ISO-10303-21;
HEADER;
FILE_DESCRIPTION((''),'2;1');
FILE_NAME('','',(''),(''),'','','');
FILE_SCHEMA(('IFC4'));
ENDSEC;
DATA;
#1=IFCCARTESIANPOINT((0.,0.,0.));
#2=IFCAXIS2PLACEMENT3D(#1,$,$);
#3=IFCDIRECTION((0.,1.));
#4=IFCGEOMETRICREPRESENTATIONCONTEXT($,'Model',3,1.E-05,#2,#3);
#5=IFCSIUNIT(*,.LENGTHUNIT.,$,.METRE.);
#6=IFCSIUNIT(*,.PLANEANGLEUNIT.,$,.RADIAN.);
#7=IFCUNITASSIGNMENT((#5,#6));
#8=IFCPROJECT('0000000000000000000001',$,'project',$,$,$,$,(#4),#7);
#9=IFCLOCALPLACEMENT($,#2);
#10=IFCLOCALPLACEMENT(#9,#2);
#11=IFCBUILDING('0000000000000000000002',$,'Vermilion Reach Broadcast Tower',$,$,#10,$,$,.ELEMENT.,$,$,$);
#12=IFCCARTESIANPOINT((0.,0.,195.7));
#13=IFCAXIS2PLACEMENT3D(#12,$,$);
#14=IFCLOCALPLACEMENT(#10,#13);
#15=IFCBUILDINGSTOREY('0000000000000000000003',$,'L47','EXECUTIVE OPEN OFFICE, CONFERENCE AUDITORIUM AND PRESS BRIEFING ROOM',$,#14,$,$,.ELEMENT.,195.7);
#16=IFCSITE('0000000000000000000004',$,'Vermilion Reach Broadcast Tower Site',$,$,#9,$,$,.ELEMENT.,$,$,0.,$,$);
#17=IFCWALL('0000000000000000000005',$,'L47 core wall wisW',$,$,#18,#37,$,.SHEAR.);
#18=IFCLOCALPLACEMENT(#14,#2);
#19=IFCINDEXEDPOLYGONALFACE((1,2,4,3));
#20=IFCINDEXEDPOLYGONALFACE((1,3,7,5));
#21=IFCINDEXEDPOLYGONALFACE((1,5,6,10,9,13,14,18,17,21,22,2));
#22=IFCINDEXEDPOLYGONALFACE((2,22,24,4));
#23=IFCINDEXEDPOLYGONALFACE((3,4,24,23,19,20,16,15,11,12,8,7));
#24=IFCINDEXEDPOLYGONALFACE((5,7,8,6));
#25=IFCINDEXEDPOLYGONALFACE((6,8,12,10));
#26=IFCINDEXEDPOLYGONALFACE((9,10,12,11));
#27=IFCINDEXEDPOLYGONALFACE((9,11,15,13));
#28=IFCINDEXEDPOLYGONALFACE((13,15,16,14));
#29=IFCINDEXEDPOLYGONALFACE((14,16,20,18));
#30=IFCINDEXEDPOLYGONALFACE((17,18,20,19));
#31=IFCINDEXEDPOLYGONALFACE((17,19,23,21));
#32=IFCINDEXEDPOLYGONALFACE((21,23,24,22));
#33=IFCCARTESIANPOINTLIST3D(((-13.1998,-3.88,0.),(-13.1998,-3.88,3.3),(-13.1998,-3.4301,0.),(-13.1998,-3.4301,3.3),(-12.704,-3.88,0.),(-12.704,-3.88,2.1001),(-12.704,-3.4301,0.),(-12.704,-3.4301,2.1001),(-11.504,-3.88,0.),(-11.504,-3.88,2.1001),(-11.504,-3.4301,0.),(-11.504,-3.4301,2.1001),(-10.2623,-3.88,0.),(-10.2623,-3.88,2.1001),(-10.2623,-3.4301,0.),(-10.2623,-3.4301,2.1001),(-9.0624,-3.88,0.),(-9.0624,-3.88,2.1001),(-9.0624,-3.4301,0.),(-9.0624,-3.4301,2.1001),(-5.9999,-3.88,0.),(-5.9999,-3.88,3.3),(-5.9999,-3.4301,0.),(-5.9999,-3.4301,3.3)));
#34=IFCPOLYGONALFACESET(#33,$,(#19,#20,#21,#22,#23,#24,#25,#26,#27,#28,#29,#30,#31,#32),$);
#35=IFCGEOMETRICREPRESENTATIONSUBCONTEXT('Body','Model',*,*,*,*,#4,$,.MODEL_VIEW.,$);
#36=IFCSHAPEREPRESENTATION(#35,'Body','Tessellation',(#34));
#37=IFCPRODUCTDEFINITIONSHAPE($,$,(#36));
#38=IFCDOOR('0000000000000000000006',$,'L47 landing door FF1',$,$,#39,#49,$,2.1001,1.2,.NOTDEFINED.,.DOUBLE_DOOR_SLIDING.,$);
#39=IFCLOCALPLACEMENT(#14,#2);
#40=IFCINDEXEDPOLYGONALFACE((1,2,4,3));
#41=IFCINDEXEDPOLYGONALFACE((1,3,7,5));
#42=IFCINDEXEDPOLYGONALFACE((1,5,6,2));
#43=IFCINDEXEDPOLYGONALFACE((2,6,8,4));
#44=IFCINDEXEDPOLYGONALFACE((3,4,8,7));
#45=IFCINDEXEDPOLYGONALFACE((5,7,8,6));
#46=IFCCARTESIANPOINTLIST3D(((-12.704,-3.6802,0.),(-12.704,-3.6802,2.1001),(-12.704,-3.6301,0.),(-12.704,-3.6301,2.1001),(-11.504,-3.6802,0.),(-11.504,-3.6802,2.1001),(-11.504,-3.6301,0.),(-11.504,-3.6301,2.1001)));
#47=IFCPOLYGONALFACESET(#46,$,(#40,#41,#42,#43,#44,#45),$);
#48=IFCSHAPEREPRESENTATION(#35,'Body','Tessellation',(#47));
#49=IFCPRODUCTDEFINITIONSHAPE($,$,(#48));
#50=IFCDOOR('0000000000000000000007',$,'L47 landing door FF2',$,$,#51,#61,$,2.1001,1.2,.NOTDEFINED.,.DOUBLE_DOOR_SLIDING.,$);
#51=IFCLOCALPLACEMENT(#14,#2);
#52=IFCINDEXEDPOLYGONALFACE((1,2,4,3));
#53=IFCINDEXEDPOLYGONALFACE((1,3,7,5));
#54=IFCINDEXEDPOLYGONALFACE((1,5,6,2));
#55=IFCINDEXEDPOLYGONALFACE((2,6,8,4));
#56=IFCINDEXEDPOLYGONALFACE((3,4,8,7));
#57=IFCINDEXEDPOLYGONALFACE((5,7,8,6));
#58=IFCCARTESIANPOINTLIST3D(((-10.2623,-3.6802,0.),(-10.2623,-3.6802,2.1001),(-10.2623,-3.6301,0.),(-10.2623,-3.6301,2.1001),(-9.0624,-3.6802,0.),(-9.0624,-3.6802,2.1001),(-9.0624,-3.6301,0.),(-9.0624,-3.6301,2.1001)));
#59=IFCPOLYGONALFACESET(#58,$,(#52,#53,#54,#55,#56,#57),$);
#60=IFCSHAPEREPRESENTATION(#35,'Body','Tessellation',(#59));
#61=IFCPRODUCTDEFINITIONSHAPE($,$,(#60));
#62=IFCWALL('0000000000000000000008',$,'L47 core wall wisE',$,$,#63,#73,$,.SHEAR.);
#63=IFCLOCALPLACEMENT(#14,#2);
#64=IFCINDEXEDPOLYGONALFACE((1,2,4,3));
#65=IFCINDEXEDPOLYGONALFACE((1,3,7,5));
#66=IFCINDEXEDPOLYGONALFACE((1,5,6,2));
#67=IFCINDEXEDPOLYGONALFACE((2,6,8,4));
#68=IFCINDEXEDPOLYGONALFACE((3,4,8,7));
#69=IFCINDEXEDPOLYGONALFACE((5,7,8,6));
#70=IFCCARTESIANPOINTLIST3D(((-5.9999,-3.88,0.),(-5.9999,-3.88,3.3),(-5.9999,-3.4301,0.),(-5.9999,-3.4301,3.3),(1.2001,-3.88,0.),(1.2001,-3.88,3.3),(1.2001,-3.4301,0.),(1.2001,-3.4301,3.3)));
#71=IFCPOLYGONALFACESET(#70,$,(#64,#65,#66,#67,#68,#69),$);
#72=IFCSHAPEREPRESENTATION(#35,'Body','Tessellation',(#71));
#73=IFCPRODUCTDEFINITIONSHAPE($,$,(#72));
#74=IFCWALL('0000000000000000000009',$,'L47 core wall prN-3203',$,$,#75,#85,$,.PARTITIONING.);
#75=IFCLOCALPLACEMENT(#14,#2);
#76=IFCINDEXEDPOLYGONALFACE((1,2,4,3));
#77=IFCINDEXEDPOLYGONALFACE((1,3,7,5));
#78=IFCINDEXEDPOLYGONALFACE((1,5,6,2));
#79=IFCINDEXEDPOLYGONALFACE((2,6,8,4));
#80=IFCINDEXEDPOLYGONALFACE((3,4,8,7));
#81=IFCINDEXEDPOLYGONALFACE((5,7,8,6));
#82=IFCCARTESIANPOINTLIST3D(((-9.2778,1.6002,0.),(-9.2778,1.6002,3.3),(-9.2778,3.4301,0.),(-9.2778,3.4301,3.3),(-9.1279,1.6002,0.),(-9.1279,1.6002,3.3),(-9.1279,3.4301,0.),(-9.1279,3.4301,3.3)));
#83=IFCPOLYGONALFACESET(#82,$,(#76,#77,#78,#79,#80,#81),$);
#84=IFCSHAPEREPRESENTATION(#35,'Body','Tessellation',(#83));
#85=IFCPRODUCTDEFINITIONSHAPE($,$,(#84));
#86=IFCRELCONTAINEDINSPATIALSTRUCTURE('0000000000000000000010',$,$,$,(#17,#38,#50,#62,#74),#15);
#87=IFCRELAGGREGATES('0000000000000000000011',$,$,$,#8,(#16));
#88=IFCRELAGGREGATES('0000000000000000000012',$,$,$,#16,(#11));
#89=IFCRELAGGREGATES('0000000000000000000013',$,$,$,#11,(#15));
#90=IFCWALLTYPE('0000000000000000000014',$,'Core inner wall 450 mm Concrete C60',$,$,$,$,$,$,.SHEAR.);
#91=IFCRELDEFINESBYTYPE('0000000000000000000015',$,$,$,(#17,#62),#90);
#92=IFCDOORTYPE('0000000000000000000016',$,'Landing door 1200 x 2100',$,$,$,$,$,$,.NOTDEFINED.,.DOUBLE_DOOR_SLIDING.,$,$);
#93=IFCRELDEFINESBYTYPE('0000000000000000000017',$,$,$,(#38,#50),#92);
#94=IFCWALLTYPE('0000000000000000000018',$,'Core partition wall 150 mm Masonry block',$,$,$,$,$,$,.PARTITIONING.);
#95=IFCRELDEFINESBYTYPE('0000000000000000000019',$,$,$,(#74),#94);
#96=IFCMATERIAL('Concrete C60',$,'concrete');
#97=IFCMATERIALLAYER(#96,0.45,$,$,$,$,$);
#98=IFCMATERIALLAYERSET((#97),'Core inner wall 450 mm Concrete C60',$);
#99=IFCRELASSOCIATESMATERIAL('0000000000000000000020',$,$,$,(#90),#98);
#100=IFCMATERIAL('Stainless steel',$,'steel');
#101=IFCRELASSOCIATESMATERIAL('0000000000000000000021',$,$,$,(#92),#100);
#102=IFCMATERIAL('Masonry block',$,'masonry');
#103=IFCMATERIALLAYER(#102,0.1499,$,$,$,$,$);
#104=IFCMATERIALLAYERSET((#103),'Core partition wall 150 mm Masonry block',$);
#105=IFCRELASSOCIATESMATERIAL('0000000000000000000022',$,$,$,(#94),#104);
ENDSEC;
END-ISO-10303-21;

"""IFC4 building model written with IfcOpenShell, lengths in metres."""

from ifc_helpers import new_model, si_unit, direction, frame, frame_2d, origin, place, context, subcontext, project, spatial, rectangle, extrude, material, layer, layer_set, type_object, element, fill, save


model = new_model("IFC4")

# Units and contexts
model_context = context("Model", 3, precision=1e-05, world=origin(), true_north=direction((0.0, 1.0)))
body_context = subcontext(model_context, "Body", "Model", "MODEL_VIEW")
ifc_project = project(units=[si_unit("LENGTHUNIT", "METRE"), si_unit("PLANEANGLEUNIT", "RADIAN")], contexts=[model_context])

# Site, building, storey
site_placement = place(None, origin())
site = spatial("IfcSite", under=ifc_project, at=site_placement, Name="Vermilion Reach Broadcast Tower Site", CompositionType="ELEMENT", RefElevation=0.0)
building_placement = place(site_placement, origin())
building = spatial("IfcBuilding", under=site, at=building_placement, Name="Vermilion Reach Broadcast Tower", CompositionType="ELEMENT")
storey_placement = place(building_placement, frame((0.0, 0.0, 195.7)))
storey = spatial("IfcBuildingStorey", under=building, at=storey_placement, Name="L47", Description="EXECUTIVE OPEN OFFICE, CONFERENCE AUDITORIUM AND PRESS BRIEFING ROOM", CompositionType="ELEMENT", Elevation=195.7)

# Wall, openings, doors
ifc_material_1 = material(Name="Concrete C60", Category="concrete")
ifc_layer_1 = layer(ifc_material_1, 0.45)
ifc_layer_set_1 = layer_set([ifc_layer_1], Name="Core inner wall 450 mm Concrete C60")
wall_type_1 = type_object("IfcWallType", Name="Core inner wall 450 mm Concrete C60", PredefinedType="SHEAR", material=ifc_layer_set_1)
wall_1_placement = place(storey_placement, frame((-13.2, -3.655, 0.0), z_axis=(0.0, 0.0, 1.0), x_axis=(1.0, 0.0, 0.0)))
wall_1 = element("IfcWall", 1, at=wall_1_placement, inside=storey, type_object=wall_type_1, Name="L47 core wall wisW", PredefinedType="SHEAR", context=body_context, shape_type="SweptSolid", body=[
    extrude(rectangle(XDim=7.2, YDim=0.45, at=frame_2d((3.6001, 0.0))), origin(), (0.0, 0.0, 1.0), 3.3),
])
opening_1_placement = place(wall_1_placement, frame((0.4958, 0.0, 0.0)))
opening_1 = element("IfcOpeningElement", 2, at=opening_1_placement, cuts=wall_1, PredefinedType="OPENING", context=body_context, shape_type="SweptSolid", body=[
    extrude(rectangle(XDim=1.2, YDim=2.1001, at=frame_2d((0.6001, 1.05))), frame((0.0, 0.2349, 0.0), z_axis=(0.0, -1.0, 0.0), x_axis=(1.0, 0.0, 0.0)), (0.0, 0.0, 1.0), 0.47),
])
opening_2_placement = place(wall_1_placement, frame((2.9375, 0.0, 0.0)))
opening_2 = element("IfcOpeningElement", 3, at=opening_2_placement, cuts=wall_1, PredefinedType="OPENING", context=body_context, shape_type="SweptSolid", body=[
    extrude(rectangle(XDim=1.2, YDim=2.1001, at=frame_2d((0.6001, 1.05))), frame((0.0, 0.2349, 0.0), z_axis=(0.0, -1.0, 0.0), x_axis=(1.0, 0.0, 0.0)), (0.0, 0.0, 1.0), 0.47),
])
ifc_material_2 = material(Name="Stainless steel", Category="steel")
door_type_1 = type_object("IfcDoorType", Name="Landing door 1200 x 2100", OperationType="DOUBLE_DOOR_SLIDING", PredefinedType="NOTDEFINED", material=ifc_material_2)
door_1_placement = place(opening_1_placement, origin())
door_1 = element("IfcDoor", 4, at=door_1_placement, inside=storey, type_object=door_type_1, Name="L47 landing door FF1", OperationType="DOUBLE_DOOR_SLIDING", OverallHeight=2.1001, OverallWidth=1.2, PredefinedType="NOTDEFINED", context=body_context, shape_type="SweptSolid", body=[
    extrude(rectangle(XDim=1.2, YDim=2.1001, at=frame_2d((0.6001, 1.05))), frame((0.0, 0.0249, 0.0), z_axis=(0.0, -1.0, 0.0), x_axis=(1.0, 0.0, 0.0)), (0.0, 0.0, 1.0), 0.05),
])
fill(opening_1, door_1)
door_2_placement = place(opening_2_placement, origin())
door_2 = element("IfcDoor", 5, at=door_2_placement, inside=storey, type_object=door_type_1, Name="L47 landing door FF2", OperationType="DOUBLE_DOOR_SLIDING", OverallHeight=2.1001, OverallWidth=1.2, PredefinedType="NOTDEFINED", context=body_context, shape_type="SweptSolid", body=[
    extrude(rectangle(XDim=1.2, YDim=2.1001, at=frame_2d((0.6001, 1.05))), frame((0.0, 0.0249, 0.0), z_axis=(0.0, -1.0, 0.0), x_axis=(1.0, 0.0, 0.0)), (0.0, 0.0, 1.0), 0.05),
])
fill(opening_2, door_2)

# Walls
wall_2_placement = place(storey_placement, frame((-6.0, -3.655, 0.0), z_axis=(0.0, 0.0, 1.0), x_axis=(1.0, 0.0, 0.0)))
element("IfcWall", 6, at=wall_2_placement, inside=storey, type_object=wall_type_1, Name="L47 core wall wisE", PredefinedType="SHEAR", context=body_context, shape_type="SweptSolid", body=[
    extrude(rectangle(XDim=7.2, YDim=0.45, at=frame_2d((3.6001, 0.0))), origin(), (0.0, 0.0, 1.0), 3.3),
])
ifc_material_3 = material(Name="Masonry block", Category="masonry")
ifc_layer_2 = layer(ifc_material_3, 0.1499)
ifc_layer_set_2 = layer_set([ifc_layer_2], Name="Core partition wall 150 mm Masonry block")
wall_type_2 = type_object("IfcWallType", Name="Core partition wall 150 mm Masonry block", PredefinedType="PARTITIONING", material=ifc_layer_set_2)
wall_3_placement = place(storey_placement, frame((-9.2029, 1.6001, 0.0), z_axis=(0.0, 0.0, 1.0), x_axis=(0.0, 1.0, 0.0)))
element("IfcWall", 7, at=wall_3_placement, inside=storey, type_object=wall_type_2, Name="L47 core wall prN-3203", PredefinedType="PARTITIONING", context=body_context, shape_type="SweptSolid", body=[
    extrude(rectangle(XDim=1.8298, YDim=0.1499, at=frame_2d((0.915, 0.0))), origin(), (0.0, 0.0, 1.0), 3.3),
])

save(model, "model.ifc")
